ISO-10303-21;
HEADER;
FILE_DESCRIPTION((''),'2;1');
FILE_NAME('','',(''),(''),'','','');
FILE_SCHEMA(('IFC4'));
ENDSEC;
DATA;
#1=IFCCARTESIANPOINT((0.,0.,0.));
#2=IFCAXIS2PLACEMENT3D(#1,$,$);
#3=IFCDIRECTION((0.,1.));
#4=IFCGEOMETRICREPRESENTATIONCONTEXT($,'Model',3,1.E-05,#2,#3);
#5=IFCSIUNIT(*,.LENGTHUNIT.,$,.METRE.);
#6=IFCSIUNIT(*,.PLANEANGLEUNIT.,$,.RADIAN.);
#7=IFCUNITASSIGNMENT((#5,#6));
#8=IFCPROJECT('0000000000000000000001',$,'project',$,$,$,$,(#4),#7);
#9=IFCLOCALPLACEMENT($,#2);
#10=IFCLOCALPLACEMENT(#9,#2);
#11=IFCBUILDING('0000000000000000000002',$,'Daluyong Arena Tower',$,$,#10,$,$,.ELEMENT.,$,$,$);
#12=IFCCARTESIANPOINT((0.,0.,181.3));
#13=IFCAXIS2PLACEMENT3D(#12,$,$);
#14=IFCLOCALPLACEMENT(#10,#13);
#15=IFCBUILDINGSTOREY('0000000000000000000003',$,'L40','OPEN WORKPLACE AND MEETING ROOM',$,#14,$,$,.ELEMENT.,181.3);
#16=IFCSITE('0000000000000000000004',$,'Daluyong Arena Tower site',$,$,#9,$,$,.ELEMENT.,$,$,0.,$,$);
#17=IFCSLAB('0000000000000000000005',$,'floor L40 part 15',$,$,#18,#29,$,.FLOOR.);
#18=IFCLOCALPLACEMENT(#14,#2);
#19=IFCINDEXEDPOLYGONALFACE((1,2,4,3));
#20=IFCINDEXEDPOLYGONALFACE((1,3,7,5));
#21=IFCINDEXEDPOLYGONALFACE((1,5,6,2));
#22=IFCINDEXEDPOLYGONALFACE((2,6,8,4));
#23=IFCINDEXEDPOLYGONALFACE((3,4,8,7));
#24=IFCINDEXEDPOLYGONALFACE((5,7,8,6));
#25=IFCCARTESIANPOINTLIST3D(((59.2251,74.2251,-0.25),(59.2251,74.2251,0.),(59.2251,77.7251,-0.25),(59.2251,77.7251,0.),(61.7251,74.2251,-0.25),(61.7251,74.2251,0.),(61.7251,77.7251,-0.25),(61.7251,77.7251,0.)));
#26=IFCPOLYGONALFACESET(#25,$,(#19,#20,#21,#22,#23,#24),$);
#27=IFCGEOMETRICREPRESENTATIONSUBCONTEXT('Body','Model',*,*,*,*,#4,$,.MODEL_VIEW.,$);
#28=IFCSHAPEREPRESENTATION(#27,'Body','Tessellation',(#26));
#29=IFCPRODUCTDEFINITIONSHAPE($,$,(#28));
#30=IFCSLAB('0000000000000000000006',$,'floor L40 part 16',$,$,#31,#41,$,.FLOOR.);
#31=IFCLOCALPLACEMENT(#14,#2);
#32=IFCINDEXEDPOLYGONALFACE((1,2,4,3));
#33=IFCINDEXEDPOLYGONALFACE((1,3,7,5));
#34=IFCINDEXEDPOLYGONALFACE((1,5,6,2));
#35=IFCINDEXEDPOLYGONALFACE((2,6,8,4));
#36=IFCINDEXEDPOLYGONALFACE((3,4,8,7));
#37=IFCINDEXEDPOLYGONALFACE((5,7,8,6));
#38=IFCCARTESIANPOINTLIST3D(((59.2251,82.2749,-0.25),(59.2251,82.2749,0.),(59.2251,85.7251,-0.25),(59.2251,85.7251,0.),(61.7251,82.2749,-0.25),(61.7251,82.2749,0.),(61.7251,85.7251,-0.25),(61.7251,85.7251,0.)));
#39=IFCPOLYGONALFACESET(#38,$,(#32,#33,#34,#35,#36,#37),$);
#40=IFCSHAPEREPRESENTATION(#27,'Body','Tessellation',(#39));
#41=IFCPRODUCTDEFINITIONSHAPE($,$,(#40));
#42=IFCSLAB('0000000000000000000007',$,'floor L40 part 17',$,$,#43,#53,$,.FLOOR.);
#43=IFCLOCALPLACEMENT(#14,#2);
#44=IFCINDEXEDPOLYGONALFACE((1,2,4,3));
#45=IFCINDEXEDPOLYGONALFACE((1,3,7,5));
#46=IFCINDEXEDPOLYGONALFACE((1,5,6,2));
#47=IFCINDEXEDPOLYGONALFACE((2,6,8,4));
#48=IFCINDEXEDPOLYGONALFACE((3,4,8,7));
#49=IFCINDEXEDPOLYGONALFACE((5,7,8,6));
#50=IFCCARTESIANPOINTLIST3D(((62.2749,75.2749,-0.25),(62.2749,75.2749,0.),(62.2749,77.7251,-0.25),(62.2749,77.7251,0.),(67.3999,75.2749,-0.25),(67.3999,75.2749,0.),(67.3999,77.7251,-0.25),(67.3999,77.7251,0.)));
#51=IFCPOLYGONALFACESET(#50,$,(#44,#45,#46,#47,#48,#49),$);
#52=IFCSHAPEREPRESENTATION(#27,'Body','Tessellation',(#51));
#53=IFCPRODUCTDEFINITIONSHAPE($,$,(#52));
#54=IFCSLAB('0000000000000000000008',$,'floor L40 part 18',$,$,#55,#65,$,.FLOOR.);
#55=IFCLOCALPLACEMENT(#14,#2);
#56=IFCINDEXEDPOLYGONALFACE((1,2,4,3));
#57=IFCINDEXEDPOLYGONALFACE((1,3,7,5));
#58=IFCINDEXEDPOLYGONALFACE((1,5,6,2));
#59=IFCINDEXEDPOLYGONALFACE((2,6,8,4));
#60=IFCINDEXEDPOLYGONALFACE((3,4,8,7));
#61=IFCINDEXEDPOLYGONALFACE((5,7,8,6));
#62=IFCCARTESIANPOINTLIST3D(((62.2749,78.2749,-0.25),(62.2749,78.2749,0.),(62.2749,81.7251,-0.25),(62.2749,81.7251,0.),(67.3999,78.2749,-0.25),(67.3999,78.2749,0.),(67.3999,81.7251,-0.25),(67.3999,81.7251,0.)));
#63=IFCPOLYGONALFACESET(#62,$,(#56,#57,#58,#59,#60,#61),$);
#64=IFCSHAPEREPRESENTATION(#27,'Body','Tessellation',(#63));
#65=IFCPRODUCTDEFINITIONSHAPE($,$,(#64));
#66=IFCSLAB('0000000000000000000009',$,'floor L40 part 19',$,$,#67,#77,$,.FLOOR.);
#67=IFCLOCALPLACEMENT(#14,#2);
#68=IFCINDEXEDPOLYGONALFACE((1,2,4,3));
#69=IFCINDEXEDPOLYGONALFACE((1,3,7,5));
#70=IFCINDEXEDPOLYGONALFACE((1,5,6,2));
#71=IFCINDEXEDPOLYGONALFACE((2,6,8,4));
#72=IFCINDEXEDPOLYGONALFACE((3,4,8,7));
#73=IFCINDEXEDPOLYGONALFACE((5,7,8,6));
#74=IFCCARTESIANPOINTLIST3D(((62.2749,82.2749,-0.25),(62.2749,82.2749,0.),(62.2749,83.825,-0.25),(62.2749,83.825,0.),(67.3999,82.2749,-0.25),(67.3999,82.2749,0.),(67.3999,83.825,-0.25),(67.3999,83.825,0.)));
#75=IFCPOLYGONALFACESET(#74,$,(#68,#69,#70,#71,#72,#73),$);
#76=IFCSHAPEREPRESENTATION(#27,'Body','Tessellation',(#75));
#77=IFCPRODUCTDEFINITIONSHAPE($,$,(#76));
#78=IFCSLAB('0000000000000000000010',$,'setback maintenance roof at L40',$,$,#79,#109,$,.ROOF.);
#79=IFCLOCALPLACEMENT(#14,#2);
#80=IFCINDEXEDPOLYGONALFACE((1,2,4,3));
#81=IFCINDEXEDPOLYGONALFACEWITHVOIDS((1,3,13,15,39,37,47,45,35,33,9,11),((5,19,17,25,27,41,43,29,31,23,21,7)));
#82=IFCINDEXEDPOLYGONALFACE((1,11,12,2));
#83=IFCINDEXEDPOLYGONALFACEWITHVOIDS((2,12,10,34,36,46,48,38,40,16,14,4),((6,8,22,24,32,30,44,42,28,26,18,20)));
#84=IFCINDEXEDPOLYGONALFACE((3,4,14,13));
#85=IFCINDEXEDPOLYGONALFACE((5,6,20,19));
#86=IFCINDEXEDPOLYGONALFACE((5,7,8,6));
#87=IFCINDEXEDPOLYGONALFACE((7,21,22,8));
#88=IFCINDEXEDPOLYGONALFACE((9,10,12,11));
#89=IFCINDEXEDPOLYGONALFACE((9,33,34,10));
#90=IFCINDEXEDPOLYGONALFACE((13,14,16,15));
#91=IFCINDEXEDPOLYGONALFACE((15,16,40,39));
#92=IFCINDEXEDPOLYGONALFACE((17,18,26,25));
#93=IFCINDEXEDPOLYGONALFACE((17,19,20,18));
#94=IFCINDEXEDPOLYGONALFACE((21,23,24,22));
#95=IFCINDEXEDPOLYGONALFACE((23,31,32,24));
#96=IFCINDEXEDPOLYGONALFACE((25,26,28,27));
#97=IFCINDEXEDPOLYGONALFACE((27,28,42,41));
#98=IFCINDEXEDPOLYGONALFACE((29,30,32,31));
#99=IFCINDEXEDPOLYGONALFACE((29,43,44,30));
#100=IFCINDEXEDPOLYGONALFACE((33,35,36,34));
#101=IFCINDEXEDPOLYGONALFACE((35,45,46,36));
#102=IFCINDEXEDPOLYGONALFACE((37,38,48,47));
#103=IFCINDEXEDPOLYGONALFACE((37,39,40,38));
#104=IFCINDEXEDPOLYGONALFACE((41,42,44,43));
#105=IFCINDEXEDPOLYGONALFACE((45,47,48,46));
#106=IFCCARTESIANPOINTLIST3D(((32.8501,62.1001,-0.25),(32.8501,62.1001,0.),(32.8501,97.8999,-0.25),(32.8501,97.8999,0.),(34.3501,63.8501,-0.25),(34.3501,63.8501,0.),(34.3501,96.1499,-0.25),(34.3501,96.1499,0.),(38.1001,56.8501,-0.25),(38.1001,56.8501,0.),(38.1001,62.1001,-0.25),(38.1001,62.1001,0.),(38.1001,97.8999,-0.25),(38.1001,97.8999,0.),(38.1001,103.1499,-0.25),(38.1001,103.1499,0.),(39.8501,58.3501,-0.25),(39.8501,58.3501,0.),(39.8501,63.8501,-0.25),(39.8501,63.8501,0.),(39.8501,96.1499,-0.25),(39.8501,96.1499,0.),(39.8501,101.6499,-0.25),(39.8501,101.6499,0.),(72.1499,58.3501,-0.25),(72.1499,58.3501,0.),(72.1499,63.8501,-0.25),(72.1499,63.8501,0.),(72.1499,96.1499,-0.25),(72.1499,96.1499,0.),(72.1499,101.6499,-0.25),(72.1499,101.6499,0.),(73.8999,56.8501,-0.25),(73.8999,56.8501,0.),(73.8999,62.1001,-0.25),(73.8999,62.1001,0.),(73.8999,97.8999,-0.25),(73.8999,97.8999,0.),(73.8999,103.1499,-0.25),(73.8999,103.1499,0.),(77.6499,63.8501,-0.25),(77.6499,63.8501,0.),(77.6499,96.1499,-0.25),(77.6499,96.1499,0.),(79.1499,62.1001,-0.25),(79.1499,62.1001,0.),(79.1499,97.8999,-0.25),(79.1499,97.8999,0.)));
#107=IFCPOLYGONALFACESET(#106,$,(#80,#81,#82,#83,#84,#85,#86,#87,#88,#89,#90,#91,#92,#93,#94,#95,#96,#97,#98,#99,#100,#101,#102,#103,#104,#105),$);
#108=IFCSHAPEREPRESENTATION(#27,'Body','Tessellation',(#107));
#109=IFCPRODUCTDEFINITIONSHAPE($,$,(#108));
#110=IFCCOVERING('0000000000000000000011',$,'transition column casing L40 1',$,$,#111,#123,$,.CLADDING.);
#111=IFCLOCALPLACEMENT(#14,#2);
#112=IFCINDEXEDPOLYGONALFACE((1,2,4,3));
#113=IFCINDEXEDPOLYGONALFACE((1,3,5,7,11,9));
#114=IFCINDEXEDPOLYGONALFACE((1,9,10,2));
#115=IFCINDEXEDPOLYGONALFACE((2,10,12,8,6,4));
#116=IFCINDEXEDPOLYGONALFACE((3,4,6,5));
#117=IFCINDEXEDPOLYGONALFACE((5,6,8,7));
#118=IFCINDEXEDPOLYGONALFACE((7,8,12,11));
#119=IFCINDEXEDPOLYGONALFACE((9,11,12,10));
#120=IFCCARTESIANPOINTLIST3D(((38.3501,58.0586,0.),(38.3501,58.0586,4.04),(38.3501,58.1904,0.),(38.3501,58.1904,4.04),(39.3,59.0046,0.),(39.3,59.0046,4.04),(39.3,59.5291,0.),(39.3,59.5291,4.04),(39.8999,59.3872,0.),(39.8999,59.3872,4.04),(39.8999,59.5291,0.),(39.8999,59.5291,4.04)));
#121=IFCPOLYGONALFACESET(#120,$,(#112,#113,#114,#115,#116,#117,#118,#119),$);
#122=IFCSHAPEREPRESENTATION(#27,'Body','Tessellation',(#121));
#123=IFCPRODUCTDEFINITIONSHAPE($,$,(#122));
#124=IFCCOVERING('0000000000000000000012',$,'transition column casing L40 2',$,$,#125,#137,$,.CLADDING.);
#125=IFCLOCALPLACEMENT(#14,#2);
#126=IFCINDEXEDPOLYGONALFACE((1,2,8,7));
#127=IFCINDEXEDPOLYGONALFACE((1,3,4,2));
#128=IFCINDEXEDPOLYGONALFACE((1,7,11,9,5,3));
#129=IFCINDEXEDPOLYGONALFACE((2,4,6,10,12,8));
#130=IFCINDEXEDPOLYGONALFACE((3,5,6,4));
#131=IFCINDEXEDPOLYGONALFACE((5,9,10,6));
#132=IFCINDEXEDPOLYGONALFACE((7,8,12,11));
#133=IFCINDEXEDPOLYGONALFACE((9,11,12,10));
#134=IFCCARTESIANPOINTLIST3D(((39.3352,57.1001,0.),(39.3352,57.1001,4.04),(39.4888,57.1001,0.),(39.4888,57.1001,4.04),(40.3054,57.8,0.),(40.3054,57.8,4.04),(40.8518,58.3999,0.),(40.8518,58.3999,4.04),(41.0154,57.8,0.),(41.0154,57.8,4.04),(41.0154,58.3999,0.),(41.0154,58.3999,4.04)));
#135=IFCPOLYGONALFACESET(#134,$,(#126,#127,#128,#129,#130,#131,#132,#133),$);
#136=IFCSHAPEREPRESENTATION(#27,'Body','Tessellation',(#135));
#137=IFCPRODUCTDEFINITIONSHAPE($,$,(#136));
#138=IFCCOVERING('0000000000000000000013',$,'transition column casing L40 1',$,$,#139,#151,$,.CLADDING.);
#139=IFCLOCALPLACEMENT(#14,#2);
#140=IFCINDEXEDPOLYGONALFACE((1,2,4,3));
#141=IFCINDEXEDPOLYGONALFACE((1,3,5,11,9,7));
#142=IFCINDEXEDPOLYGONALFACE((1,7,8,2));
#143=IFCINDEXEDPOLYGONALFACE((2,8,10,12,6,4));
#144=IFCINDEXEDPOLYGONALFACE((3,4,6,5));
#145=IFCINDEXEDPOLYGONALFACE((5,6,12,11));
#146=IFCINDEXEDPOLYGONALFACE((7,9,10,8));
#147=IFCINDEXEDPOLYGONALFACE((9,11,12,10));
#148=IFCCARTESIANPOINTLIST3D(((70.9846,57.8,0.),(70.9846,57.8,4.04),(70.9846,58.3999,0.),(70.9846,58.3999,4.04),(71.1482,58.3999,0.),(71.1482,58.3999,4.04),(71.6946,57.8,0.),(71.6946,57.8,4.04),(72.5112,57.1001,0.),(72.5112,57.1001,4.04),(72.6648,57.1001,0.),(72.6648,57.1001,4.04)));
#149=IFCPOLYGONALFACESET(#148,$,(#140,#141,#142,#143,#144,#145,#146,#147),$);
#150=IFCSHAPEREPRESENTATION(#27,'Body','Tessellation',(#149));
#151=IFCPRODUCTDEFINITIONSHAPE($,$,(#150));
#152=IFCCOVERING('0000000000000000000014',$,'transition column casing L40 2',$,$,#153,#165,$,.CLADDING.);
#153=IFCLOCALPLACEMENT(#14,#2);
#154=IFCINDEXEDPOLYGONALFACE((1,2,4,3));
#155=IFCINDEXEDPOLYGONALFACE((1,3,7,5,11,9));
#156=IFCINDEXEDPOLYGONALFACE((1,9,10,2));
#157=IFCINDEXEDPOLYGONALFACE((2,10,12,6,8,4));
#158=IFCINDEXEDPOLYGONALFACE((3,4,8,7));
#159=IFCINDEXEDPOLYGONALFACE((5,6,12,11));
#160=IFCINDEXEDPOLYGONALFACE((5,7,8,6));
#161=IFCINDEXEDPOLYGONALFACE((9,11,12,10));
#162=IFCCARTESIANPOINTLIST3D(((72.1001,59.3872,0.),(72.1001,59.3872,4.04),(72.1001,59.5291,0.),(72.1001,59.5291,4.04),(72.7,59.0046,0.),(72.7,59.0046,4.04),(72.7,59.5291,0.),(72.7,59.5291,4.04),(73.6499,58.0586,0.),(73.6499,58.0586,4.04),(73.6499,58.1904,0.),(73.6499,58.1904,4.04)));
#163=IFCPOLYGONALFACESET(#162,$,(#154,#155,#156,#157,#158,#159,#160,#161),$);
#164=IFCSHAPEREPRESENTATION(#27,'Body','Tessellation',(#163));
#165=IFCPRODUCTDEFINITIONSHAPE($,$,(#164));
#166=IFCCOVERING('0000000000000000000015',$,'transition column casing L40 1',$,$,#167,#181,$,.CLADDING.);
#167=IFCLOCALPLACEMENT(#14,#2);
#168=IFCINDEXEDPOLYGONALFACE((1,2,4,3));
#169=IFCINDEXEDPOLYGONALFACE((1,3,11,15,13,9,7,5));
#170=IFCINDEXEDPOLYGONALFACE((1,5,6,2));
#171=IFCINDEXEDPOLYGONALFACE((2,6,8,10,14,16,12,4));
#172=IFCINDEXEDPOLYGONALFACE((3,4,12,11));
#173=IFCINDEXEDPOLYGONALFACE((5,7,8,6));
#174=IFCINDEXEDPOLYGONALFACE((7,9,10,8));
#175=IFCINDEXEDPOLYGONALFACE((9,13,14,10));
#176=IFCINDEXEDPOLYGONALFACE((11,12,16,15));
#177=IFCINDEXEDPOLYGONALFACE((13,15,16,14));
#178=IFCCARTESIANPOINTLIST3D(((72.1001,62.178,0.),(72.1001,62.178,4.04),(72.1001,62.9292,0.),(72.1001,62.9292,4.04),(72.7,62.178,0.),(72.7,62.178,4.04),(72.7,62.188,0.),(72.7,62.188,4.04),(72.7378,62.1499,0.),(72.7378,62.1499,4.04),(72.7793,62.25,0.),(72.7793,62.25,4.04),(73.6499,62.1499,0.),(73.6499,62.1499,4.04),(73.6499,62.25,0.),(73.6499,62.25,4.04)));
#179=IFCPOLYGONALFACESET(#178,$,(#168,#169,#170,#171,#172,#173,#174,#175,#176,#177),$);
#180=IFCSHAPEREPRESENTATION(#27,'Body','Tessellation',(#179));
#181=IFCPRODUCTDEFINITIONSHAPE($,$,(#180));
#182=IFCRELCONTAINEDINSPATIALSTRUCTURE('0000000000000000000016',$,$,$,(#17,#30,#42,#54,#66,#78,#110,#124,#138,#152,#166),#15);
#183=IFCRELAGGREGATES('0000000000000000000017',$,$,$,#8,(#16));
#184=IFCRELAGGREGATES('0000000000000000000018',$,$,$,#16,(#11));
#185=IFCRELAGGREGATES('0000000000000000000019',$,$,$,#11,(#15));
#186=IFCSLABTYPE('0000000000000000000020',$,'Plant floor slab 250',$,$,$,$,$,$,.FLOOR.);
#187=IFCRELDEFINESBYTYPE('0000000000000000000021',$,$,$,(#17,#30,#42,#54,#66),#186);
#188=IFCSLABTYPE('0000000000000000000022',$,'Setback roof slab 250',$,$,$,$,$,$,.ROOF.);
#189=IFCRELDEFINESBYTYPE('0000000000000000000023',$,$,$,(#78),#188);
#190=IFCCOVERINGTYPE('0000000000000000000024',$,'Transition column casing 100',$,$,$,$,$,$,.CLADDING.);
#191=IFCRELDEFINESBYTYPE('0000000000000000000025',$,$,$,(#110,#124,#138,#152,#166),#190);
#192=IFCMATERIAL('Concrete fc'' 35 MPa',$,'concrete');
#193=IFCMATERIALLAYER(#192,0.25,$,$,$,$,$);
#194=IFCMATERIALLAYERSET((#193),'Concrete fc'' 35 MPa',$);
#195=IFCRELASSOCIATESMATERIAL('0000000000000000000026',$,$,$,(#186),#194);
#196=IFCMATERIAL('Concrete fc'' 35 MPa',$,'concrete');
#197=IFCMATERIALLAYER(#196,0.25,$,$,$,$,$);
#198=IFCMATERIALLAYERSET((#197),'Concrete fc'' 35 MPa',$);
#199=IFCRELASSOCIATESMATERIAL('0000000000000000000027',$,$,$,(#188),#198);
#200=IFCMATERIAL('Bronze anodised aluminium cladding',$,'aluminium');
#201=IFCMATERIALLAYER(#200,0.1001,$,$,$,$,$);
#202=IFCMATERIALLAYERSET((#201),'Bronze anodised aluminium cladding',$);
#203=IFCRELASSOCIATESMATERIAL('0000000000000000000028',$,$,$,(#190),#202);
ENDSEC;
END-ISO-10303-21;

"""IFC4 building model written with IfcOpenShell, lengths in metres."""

from ifc_helpers import new_model, si_unit, direction, frame, origin, place, context, subcontext, project, spatial, polyline, outline, extrude, material, layer, layer_set, type_object, element, save


model = new_model("IFC4")

# Units and contexts
model_context = context("Model", 3, precision=1e-05, world=origin(), true_north=direction((0.0, 1.0)))
body_context = subcontext(model_context, "Body", "Model", "MODEL_VIEW")
ifc_project = project(units=[si_unit("LENGTHUNIT", "METRE"), si_unit("PLANEANGLEUNIT", "RADIAN")], contexts=[model_context])

# Site, building, storey
site_placement = place(None, origin())
site = spatial("IfcSite", under=ifc_project, at=site_placement, Name="Daluyong Arena Tower site", CompositionType="ELEMENT", RefElevation=0.0)
building_placement = place(site_placement, origin())
building = spatial("IfcBuilding", under=site, at=building_placement, Name="Daluyong Arena Tower", CompositionType="ELEMENT")
storey_placement = place(building_placement, frame((0.0, 0.0, 181.3)))
storey = spatial("IfcBuildingStorey", under=building, at=storey_placement, Name="L40", Description="OPEN WORKPLACE AND MEETING ROOM", CompositionType="ELEMENT", Elevation=181.3)

# Slabs
ifc_material_1 = material(Name="Concrete fc' 35 MPa", Category="concrete")
ifc_layer_1 = layer(ifc_material_1, 0.25)
ifc_layer_set_1 = layer_set([ifc_layer_1], Name="Concrete fc' 35 MPa")
slab_type_1 = type_object("IfcSlabType", Name="Plant floor slab 250", PredefinedType="FLOOR", material=ifc_layer_set_1)
slab_1_placement = place(storey_placement, frame((0.0, 0.0, -0.25)))
element("IfcSlab", 1, at=slab_1_placement, inside=storey, type_object=slab_type_1, Name="floor L40 part 15", PredefinedType="FLOOR", context=body_context, shape_type="SweptSolid", body=[
    extrude(outline(polyline([(59.2251, 74.2251), (61.7251, 74.2251), (61.7251, 77.7251), (59.2251, 77.7251), (59.2251, 74.2251)])), origin(), (0.0, 0.0, 1.0), 0.25),
])
slab_2_placement = place(storey_placement, frame((0.0, 0.0, -0.25)))
element("IfcSlab", 2, at=slab_2_placement, inside=storey, type_object=slab_type_1, Name="floor L40 part 16", PredefinedType="FLOOR", context=body_context, shape_type="SweptSolid", body=[
    extrude(outline(polyline([(59.2251, 82.2749), (61.7251, 82.2749), (61.7251, 85.7251), (59.2251, 85.7251), (59.2251, 82.2749)])), origin(), (0.0, 0.0, 1.0), 0.25),
])
slab_3_placement = place(storey_placement, frame((0.0, 0.0, -0.25)))
element("IfcSlab", 3, at=slab_3_placement, inside=storey, type_object=slab_type_1, Name="floor L40 part 17", PredefinedType="FLOOR", context=body_context, shape_type="SweptSolid", body=[
    extrude(outline(polyline([(67.3999, 75.2749), (67.3999, 77.7251), (62.2749, 77.7251), (62.2749, 75.2749), (67.3999, 75.2749)])), origin(), (0.0, 0.0, 1.0), 0.25),
])
slab_4_placement = place(storey_placement, frame((0.0, 0.0, -0.25)))
element("IfcSlab", 4, at=slab_4_placement, inside=storey, type_object=slab_type_1, Name="floor L40 part 18", PredefinedType="FLOOR", context=body_context, shape_type="SweptSolid", body=[
    extrude(outline(polyline([(67.3999, 78.2749), (67.3999, 81.7251), (62.2749, 81.7251), (62.2749, 78.2749), (67.3999, 78.2749)])), origin(), (0.0, 0.0, 1.0), 0.25),
])
slab_5_placement = place(storey_placement, frame((0.0, 0.0, -0.25)))
element("IfcSlab", 5, at=slab_5_placement, inside=storey, type_object=slab_type_1, Name="floor L40 part 19", PredefinedType="FLOOR", context=body_context, shape_type="SweptSolid", body=[
    extrude(outline(polyline([(67.3999, 83.825), (62.2749, 83.825), (62.2749, 82.2749), (67.3999, 82.2749), (67.3999, 83.825)])), origin(), (0.0, 0.0, 1.0), 0.25),
])
ifc_material_2 = material(Name="Concrete fc' 35 MPa", Category="concrete")
ifc_layer_2 = layer(ifc_material_2, 0.25)
ifc_layer_set_2 = layer_set([ifc_layer_2], Name="Concrete fc' 35 MPa")
slab_type_2 = type_object("IfcSlabType", Name="Setback roof slab 250", PredefinedType="ROOF", material=ifc_layer_set_2)
slab_6_placement = place(storey_placement, frame((0.0, 0.0, -0.25)))
element("IfcSlab", 6, at=slab_6_placement, inside=storey, type_object=slab_type_2, Name="setback maintenance roof at L40", PredefinedType="ROOF", context=body_context, shape_type="SweptSolid", body=[
    extrude(outline(polyline([(38.1001, 62.1001), (38.1001, 56.8501), (73.8999, 56.8501), (73.8999, 62.1001), (79.1499, 62.1001), (79.1499, 97.8999), (73.8999, 97.8999), (73.8999, 103.1499), (38.1001, 103.1499), (38.1001, 97.8999), (32.8501, 97.8999), (32.8501, 62.1001), (38.1001, 62.1001)]), holes=[polyline([(72.1499, 58.3501), (39.8501, 58.3501), (39.8501, 63.8501), (34.3501, 63.8501), (34.3501, 96.1499), (39.8501, 96.1499), (39.8501, 101.6499), (72.1499, 101.6499), (72.1499, 96.1499), (77.6499, 96.1499), (77.6499, 63.8501), (72.1499, 63.8501), (72.1499, 58.3501)])]), origin(), (0.0, 0.0, 1.0), 0.25),
])

# Coverings
ifc_material_3 = material(Name="Bronze anodised aluminium cladding", Category="aluminium")
ifc_layer_3 = layer(ifc_material_3, 0.1001)
ifc_layer_set_3 = layer_set([ifc_layer_3], Name="Bronze anodised aluminium cladding")
covering_type = type_object("IfcCoveringType", Name="Transition column casing 100", PredefinedType="CLADDING", material=ifc_layer_set_3)
covering_1_placement = place(storey_placement, origin())
element("IfcCovering", 7, at=covering_1_placement, inside=storey, type_object=covering_type, Name="transition column casing L40 1", PredefinedType="CLADDING", context=body_context, shape_type="SweptSolid", body=[
    extrude(outline(polyline([(39.3, 59.0046), (39.3, 59.5291), (39.8999, 59.5291), (39.8999, 59.3872), (38.3501, 58.0586), (38.3501, 58.1904), (39.3, 59.0046)])), origin(), (0.0, 0.0, 1.0), 4.04),
])
covering_2_placement = place(storey_placement, origin())
element("IfcCovering", 8, at=covering_2_placement, inside=storey, type_object=covering_type, Name="transition column casing L40 2", PredefinedType="CLADDING", context=body_context, shape_type="SweptSolid", body=[
    extrude(outline(polyline([(40.8518, 58.3999), (41.0154, 58.3999), (41.0154, 57.8), (40.3054, 57.8), (39.4888, 57.1001), (39.3352, 57.1001), (40.8518, 58.3999)])), origin(), (0.0, 0.0, 1.0), 4.04),
])
covering_3_placement = place(storey_placement, origin())
element("IfcCovering", 9, at=covering_3_placement, inside=storey, type_object=covering_type, Name="transition column casing L40 1", PredefinedType="CLADDING", context=body_context, shape_type="SweptSolid", body=[
    extrude(outline(polyline([(70.9846, 58.3999), (71.1482, 58.3999), (72.6648, 57.1001), (72.5112, 57.1001), (71.6946, 57.8), (70.9846, 57.8), (70.9846, 58.3999)])), origin(), (0.0, 0.0, 1.0), 4.04),
])
covering_4_placement = place(storey_placement, origin())
element("IfcCovering", 10, at=covering_4_placement, inside=storey, type_object=covering_type, Name="transition column casing L40 2", PredefinedType="CLADDING", context=body_context, shape_type="SweptSolid", body=[
    extrude(outline(polyline([(72.1001, 59.3872), (72.1001, 59.5291), (72.7, 59.5291), (72.7, 59.0046), (73.6499, 58.1904), (73.6499, 58.0586), (72.1001, 59.3872)])), origin(), (0.0, 0.0, 1.0), 4.04),
])
covering_5_placement = place(storey_placement, origin())
element("IfcCovering", 11, at=covering_5_placement, inside=storey, type_object=covering_type, Name="transition column casing L40 1", PredefinedType="CLADDING", context=body_context, shape_type="SweptSolid", body=[
    extrude(outline(polyline([(72.7378, 62.1499), (72.7, 62.188), (72.7, 62.178), (72.1001, 62.178), (72.1001, 62.9292), (72.7793, 62.25), (73.6499, 62.25), (73.6499, 62.1499), (72.7378, 62.1499)])), origin(), (0.0, 0.0, 1.0), 4.04),
])

save(model, "model.ifc")
